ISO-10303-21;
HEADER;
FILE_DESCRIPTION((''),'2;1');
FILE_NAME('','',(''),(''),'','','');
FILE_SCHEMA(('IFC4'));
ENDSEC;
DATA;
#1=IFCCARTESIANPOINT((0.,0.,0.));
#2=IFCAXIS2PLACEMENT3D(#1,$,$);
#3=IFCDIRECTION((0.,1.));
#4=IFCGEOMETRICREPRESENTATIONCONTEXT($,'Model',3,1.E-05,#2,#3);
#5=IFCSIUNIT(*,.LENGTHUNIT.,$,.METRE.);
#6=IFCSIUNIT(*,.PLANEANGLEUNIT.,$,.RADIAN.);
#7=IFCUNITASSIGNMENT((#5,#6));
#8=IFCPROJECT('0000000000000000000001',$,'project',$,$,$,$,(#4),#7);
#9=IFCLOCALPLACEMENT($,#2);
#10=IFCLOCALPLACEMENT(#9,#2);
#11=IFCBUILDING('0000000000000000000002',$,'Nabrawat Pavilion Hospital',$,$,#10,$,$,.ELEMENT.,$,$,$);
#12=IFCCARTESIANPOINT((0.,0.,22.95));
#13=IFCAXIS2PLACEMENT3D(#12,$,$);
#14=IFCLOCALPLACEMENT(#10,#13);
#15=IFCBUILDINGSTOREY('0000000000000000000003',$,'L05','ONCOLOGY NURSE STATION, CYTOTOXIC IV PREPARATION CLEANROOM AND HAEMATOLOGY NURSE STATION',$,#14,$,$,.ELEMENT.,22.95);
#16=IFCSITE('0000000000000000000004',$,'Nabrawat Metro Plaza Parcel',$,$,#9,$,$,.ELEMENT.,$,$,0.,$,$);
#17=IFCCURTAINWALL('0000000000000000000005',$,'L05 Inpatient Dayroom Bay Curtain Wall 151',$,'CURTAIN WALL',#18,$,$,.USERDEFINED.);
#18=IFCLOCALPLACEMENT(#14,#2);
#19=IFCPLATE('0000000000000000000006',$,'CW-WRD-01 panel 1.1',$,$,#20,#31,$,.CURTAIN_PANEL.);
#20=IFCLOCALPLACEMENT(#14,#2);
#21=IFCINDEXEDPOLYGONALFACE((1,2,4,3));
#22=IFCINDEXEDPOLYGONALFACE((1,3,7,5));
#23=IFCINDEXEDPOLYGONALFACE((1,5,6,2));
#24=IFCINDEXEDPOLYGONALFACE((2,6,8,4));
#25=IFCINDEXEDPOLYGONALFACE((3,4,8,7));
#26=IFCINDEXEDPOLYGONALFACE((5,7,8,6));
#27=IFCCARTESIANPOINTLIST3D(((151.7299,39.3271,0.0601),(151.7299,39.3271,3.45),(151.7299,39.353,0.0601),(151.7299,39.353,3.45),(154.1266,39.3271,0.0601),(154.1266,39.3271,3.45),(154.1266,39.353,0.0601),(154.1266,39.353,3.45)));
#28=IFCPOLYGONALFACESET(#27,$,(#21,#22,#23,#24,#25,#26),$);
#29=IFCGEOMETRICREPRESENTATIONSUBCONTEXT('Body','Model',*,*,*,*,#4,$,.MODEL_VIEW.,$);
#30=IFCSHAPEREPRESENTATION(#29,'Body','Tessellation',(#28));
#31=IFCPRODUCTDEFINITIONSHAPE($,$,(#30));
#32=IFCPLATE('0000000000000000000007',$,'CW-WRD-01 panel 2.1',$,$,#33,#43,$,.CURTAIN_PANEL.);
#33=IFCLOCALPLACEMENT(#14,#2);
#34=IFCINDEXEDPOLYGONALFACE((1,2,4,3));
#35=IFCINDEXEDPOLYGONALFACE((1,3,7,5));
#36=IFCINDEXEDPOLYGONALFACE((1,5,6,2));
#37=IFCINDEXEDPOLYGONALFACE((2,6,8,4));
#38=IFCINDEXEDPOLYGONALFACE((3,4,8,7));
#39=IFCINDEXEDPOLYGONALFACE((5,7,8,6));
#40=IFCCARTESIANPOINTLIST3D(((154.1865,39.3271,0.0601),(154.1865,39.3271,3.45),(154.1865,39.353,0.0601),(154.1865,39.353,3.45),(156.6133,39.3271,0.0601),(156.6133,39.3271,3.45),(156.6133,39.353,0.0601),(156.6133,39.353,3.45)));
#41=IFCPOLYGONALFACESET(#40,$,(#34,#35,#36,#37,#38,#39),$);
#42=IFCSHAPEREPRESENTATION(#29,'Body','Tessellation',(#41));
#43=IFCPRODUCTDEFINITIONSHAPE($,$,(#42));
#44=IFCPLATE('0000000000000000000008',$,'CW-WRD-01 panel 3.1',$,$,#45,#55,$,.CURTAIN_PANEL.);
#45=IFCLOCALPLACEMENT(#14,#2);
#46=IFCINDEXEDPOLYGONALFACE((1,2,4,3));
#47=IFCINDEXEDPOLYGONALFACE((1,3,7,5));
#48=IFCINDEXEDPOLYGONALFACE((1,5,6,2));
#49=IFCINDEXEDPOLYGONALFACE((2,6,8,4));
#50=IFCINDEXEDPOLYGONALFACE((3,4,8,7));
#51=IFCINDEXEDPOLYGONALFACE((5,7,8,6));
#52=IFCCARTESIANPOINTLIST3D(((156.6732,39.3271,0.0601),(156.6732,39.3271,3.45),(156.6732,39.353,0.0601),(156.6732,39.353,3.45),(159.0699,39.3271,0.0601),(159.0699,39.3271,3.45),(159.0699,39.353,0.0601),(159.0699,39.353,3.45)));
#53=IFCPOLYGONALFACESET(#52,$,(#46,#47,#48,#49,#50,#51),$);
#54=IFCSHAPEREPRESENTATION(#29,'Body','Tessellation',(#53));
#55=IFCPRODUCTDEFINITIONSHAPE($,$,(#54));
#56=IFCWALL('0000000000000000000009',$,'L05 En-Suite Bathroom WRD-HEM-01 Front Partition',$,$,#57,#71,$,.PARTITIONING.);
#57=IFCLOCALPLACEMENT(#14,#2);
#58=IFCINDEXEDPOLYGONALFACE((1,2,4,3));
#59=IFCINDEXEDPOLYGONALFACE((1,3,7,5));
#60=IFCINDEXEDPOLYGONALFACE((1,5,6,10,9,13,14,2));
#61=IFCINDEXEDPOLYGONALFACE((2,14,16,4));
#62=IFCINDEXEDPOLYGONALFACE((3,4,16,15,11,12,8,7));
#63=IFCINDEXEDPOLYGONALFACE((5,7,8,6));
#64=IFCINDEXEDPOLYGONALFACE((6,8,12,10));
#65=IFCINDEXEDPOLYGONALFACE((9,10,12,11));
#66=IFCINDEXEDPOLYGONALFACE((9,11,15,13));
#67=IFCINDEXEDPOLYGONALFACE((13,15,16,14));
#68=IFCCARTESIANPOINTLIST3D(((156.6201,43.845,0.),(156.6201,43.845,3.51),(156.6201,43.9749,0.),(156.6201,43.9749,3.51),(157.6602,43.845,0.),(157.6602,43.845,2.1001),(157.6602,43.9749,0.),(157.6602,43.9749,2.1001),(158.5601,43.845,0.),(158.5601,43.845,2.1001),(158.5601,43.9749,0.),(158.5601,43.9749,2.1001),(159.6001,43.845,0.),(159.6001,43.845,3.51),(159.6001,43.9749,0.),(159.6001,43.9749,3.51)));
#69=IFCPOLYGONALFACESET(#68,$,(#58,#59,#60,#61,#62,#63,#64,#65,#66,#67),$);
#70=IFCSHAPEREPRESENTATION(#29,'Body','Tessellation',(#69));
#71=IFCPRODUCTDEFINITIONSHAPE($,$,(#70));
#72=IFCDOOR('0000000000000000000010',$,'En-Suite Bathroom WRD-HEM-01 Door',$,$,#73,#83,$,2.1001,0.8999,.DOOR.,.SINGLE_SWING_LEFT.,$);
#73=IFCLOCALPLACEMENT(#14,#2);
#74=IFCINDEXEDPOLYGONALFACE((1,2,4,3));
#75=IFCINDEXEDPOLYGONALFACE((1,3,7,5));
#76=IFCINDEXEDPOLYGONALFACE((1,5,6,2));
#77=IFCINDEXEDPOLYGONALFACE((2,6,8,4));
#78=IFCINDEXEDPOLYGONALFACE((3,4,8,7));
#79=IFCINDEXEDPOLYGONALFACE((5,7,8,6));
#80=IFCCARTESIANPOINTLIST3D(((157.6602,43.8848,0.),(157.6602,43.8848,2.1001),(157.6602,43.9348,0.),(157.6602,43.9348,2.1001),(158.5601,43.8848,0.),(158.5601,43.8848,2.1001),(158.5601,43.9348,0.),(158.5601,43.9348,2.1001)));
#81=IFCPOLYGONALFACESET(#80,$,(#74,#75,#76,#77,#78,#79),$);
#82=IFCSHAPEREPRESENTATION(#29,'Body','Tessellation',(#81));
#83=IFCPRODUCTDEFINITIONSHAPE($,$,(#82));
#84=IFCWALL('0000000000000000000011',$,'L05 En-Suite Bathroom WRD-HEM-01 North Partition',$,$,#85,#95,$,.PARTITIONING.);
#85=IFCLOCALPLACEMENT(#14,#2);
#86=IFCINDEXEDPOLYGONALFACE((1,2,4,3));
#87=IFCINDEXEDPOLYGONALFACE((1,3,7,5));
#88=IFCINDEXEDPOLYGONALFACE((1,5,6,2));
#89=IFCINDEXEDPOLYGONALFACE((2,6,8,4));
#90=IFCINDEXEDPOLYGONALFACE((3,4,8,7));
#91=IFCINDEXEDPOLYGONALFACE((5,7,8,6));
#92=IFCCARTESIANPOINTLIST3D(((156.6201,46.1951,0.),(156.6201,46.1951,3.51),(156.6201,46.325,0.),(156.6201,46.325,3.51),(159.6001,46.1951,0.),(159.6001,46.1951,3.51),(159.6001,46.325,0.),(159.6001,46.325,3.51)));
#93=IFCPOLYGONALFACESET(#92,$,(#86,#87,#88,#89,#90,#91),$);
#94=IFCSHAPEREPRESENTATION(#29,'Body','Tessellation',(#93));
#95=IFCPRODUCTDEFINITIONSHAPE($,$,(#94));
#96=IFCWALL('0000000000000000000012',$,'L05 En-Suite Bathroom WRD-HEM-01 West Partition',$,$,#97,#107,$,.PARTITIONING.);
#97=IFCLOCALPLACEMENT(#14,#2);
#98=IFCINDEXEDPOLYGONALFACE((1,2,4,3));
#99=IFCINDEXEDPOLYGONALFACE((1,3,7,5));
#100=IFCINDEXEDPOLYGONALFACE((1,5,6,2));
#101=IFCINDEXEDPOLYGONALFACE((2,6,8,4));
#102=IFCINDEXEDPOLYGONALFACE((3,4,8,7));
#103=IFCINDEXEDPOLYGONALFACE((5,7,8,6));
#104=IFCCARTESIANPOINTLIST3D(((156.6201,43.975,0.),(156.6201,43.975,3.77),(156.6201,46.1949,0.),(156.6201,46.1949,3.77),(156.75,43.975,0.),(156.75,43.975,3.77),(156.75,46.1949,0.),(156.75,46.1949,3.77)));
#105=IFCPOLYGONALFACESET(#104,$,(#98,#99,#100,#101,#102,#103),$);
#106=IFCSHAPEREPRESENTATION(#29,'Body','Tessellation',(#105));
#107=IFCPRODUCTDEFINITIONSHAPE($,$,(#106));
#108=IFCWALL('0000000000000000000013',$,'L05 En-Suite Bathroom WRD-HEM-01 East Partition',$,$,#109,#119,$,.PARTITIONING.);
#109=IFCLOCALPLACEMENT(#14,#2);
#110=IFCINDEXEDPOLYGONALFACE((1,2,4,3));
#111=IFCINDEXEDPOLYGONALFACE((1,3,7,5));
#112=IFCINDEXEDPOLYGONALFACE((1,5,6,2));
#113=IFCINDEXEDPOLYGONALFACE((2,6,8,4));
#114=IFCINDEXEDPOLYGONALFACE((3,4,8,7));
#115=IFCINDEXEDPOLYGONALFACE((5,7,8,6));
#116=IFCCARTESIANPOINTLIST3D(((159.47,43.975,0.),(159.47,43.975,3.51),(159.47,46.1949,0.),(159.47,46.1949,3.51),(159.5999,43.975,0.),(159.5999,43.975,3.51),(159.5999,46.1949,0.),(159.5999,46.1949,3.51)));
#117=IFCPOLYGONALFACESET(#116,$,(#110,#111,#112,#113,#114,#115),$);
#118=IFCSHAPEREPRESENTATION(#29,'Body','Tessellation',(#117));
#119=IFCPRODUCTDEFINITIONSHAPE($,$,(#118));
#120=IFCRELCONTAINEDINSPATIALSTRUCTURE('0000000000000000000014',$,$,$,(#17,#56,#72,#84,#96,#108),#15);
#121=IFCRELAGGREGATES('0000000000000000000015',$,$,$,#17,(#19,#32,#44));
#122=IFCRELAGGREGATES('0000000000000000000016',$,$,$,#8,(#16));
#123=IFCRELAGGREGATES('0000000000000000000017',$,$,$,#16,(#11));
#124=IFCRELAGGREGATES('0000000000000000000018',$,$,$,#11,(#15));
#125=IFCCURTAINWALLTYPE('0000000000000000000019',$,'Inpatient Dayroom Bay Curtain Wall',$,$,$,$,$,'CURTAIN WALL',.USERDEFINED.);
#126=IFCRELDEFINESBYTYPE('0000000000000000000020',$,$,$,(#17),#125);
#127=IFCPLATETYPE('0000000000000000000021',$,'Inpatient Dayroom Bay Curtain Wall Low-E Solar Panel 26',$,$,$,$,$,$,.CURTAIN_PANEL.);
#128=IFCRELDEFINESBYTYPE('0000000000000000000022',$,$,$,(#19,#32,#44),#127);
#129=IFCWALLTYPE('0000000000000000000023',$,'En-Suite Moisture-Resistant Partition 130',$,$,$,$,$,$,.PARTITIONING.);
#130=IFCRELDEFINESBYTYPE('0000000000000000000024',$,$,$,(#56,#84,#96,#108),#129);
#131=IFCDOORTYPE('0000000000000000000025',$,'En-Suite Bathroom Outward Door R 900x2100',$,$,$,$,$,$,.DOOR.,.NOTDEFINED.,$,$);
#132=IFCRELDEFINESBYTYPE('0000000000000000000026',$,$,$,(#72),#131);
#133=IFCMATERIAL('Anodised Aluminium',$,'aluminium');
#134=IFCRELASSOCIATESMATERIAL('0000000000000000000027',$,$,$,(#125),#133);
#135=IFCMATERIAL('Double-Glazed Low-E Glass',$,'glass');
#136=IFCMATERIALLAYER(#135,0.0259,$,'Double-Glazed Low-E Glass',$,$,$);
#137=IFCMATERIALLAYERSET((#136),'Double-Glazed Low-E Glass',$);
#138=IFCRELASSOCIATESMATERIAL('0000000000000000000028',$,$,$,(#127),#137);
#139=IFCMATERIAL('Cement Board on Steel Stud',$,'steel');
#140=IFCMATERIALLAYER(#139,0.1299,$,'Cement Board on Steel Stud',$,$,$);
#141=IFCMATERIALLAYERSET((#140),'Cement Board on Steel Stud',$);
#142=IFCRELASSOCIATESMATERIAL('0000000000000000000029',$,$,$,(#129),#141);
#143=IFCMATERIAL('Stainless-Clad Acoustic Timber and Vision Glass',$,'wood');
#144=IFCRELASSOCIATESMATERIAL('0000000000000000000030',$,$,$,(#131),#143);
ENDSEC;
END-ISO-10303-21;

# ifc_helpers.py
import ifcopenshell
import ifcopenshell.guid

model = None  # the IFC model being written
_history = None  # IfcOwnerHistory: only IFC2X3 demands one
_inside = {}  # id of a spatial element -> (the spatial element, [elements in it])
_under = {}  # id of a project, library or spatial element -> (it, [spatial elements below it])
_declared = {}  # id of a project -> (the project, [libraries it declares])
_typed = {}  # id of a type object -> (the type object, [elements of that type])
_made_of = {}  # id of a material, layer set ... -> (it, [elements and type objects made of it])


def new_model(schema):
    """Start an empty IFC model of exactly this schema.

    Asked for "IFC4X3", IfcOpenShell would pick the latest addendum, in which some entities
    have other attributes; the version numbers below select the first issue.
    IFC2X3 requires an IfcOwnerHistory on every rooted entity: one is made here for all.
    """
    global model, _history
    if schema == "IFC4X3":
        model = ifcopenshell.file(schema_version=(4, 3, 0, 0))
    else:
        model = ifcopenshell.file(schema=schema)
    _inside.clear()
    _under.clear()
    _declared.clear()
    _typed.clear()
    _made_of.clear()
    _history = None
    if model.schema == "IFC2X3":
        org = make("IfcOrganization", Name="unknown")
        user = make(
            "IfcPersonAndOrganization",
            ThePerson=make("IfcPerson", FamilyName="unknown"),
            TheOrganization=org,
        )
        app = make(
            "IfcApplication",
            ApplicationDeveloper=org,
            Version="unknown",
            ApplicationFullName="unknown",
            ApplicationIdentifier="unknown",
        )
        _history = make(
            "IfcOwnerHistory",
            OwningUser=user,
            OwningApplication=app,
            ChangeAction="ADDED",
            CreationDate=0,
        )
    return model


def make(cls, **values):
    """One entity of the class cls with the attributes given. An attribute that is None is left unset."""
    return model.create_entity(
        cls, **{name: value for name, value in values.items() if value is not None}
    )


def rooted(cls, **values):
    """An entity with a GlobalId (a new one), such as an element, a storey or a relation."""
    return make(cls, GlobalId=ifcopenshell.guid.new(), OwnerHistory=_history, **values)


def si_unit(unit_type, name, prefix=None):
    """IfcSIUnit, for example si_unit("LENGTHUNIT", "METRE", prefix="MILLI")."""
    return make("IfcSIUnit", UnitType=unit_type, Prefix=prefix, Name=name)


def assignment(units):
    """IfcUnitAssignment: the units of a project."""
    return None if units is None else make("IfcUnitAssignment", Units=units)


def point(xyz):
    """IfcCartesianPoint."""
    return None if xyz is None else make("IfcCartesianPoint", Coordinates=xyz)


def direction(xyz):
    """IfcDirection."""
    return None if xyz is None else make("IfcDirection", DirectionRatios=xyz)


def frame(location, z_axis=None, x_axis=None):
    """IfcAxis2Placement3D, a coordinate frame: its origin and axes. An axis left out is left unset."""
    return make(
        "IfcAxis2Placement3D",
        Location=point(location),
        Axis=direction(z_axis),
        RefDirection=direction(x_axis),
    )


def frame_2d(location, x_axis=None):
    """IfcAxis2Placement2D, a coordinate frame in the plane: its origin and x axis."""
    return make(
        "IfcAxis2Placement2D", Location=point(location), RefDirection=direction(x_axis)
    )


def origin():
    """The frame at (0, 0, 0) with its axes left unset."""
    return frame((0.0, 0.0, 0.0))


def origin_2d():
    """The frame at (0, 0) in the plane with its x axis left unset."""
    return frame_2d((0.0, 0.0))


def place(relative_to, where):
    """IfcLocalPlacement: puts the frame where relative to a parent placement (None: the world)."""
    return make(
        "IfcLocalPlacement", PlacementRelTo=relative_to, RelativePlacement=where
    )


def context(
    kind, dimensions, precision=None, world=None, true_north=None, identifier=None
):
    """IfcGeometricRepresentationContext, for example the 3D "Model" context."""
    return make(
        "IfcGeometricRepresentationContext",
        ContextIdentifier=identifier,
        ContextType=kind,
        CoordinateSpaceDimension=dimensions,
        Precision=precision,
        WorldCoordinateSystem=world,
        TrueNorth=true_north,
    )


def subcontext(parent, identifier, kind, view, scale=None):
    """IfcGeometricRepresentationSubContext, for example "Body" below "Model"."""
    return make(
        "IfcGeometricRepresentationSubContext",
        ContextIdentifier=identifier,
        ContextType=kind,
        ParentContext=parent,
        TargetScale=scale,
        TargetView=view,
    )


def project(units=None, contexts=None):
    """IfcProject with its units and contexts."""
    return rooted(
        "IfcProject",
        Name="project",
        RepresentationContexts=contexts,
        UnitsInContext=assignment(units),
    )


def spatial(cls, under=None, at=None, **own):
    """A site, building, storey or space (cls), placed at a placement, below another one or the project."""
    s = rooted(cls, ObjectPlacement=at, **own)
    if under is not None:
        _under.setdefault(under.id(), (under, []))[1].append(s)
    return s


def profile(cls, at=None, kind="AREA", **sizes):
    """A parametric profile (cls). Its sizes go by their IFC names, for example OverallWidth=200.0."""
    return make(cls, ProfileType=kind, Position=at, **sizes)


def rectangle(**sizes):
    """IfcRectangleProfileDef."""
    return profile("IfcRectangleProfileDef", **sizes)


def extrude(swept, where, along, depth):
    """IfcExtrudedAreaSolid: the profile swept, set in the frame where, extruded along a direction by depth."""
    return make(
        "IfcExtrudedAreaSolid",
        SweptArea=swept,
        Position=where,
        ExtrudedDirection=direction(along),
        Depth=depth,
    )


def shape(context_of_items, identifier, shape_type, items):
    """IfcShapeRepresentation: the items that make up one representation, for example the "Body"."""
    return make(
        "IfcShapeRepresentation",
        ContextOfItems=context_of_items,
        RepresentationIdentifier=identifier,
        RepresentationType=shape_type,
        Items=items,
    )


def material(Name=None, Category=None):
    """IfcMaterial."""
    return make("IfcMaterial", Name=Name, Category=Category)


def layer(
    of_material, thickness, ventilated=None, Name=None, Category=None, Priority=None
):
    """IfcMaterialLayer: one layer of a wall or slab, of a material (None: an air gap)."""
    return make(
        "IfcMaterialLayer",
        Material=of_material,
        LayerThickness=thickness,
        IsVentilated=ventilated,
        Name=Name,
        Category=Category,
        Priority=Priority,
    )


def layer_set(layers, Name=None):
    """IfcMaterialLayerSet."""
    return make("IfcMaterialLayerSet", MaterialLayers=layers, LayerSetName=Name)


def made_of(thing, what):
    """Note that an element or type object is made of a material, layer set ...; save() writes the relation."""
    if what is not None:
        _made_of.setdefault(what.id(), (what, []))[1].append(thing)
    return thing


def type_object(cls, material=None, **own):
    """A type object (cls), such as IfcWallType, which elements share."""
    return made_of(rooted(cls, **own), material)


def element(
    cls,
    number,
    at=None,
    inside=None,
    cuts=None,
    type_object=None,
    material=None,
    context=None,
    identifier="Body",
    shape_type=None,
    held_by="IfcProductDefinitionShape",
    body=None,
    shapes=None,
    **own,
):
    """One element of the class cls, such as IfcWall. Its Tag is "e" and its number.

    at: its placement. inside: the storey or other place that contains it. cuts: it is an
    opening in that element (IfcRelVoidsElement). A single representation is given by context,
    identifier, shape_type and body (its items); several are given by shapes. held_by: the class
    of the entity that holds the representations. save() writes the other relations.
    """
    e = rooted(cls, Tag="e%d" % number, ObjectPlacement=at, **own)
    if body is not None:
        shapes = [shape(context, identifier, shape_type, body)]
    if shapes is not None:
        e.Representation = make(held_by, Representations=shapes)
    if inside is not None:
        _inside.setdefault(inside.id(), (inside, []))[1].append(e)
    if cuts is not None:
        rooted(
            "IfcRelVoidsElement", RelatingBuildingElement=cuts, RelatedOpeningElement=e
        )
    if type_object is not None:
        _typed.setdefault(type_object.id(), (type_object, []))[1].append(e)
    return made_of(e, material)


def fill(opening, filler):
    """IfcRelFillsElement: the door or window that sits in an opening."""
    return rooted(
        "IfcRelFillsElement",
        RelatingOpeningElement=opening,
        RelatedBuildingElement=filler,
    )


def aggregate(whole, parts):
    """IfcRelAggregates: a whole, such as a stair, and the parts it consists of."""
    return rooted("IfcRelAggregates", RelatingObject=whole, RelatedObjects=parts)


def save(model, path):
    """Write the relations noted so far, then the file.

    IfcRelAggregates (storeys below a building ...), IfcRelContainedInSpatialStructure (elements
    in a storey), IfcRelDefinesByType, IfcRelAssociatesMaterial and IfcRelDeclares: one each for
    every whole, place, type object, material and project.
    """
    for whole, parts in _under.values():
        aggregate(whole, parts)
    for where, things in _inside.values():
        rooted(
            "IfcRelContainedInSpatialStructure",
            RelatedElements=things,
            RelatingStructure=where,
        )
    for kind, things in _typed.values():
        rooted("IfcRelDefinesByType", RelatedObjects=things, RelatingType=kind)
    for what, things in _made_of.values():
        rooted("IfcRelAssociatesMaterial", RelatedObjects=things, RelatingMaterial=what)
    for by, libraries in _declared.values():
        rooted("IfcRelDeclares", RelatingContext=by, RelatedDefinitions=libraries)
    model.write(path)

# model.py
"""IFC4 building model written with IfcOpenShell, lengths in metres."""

from ifc_helpers import new_model, si_unit, direction, frame, frame_2d, origin, origin_2d, place, context, subcontext, project, spatial, rectangle, extrude, material, layer, layer_set, type_object, element, fill, aggregate, save


model = new_model("IFC4")

# Units and contexts
model_context = context("Model", 3, precision=1e-05, world=origin(), true_north=direction((0.0, 1.0)))
body_context = subcontext(model_context, "Body", "Model", "MODEL_VIEW")
ifc_project = project(units=[si_unit("LENGTHUNIT", "METRE"), si_unit("PLANEANGLEUNIT", "RADIAN")], contexts=[model_context])

# Site, building, storey
site_placement = place(None, origin())
site = spatial("IfcSite", under=ifc_project, at=site_placement, Name="Nabrawat Metro Plaza Parcel", CompositionType="ELEMENT", RefElevation=0.0)
building_placement = place(site_placement, origin())
building = spatial("IfcBuilding", under=site, at=building_placement, Name="Nabrawat Pavilion Hospital", CompositionType="ELEMENT")
storey_placement = place(building_placement, frame((0.0, 0.0, 22.95)))
storey = spatial("IfcBuildingStorey", under=building, at=storey_placement, Name="L05", Description="ONCOLOGY NURSE STATION, CYTOTOXIC IV PREPARATION CLEANROOM AND HAEMATOLOGY NURSE STATION", CompositionType="ELEMENT", Elevation=22.95)

# Curtain wall
ifc_material_1 = material(Name="Anodised Aluminium", Category="aluminium")
curtain_wall_type = type_object("IfcCurtainWallType", Name="Inpatient Dayroom Bay Curtain Wall", ElementType="CURTAIN WALL", PredefinedType="USERDEFINED", material=ifc_material_1)
curtain_wall_placement = place(storey_placement, origin())
curtain_wall = element("IfcCurtainWall", 1, at=curtain_wall_placement, inside=storey, type_object=curtain_wall_type, Name="L05 Inpatient Dayroom Bay Curtain Wall 151", ObjectType="CURTAIN WALL", PredefinedType="USERDEFINED")

# Plates
ifc_material_2 = material(Name="Double-Glazed Low-E Glass", Category="glass")
ifc_layer_1 = layer(ifc_material_2, 0.0259, Name="Double-Glazed Low-E Glass")
ifc_layer_set_1 = layer_set([ifc_layer_1], Name="Double-Glazed Low-E Glass")
plate_type = type_object("IfcPlateType", Name="Inpatient Dayroom Bay Curtain Wall Low-E Solar Panel 26", PredefinedType="CURTAIN_PANEL", material=ifc_layer_set_1)
plate_1_placement = place(storey_placement, frame((152.9282, 39.3401, 0.0601), z_axis=(0.0, 0.0, 1.0), x_axis=(1.0, 0.0, 0.0)))
plate_1 = element("IfcPlate", 2, at=plate_1_placement, type_object=plate_type, Name="CW-WRD-01 panel 1.1", PredefinedType="CURTAIN_PANEL", context=body_context, shape_type="SweptSolid", body=[
    extrude(rectangle(XDim=2.3967, YDim=0.0259, at=origin_2d()), origin(), (0.0, 0.0, 1.0), 3.3899),
])
plate_2_placement = place(storey_placement, frame((155.3999, 39.3401, 0.0601), z_axis=(0.0, 0.0, 1.0), x_axis=(1.0, 0.0, 0.0)))
plate_2 = element("IfcPlate", 3, at=plate_2_placement, type_object=plate_type, Name="CW-WRD-01 panel 2.1", PredefinedType="CURTAIN_PANEL", context=body_context, shape_type="SweptSolid", body=[
    extrude(rectangle(XDim=2.4268, YDim=0.0259, at=origin_2d()), origin(), (0.0, 0.0, 1.0), 3.3899),
])
plate_3_placement = place(storey_placement, frame((157.8716, 39.3401, 0.0601), z_axis=(0.0, 0.0, 1.0), x_axis=(1.0, 0.0, 0.0)))
plate_3 = element("IfcPlate", 4, at=plate_3_placement, type_object=plate_type, Name="CW-WRD-01 panel 3.1", PredefinedType="CURTAIN_PANEL", context=body_context, shape_type="SweptSolid", body=[
    extrude(rectangle(XDim=2.3967, YDim=0.0259, at=origin_2d()), origin(), (0.0, 0.0, 1.0), 3.3899),
])
aggregate(curtain_wall, [plate_1, plate_2, plate_3])

# Wall, opening, door
ifc_material_3 = material(Name="Cement Board on Steel Stud", Category="steel")
ifc_layer_2 = layer(ifc_material_3, 0.1299, Name="Cement Board on Steel Stud")
ifc_layer_set_2 = layer_set([ifc_layer_2], Name="Cement Board on Steel Stud")
wall_type = type_object("IfcWallType", Name="En-Suite Moisture-Resistant Partition 130", PredefinedType="PARTITIONING", material=ifc_layer_set_2)
wall_1_placement = place(storey_placement, frame((156.6201, 43.9099, 0.0), z_axis=(0.0, 0.0, 1.0), x_axis=(1.0, 0.0, 0.0)))
wall_1 = element("IfcWall", 5, at=wall_1_placement, inside=storey, type_object=wall_type, Name="L05 En-Suite Bathroom WRD-HEM-01 Front Partition", PredefinedType="PARTITIONING", context=body_context, shape_type="SweptSolid", body=[
    extrude(rectangle(XDim=2.98, YDim=0.1299, at=frame_2d((1.49, 0.0))), origin(), (0.0, 0.0, 1.0), 3.51),
])
opening_placement = place(wall_1_placement, frame((1.04, 0.0, 0.0)))
opening = element("IfcOpeningElement", 6, at=opening_placement, cuts=wall_1, PredefinedType="OPENING", context=body_context, shape_type="SweptSolid", body=[
    extrude(rectangle(XDim=0.8999, YDim=2.1001, at=frame_2d((0.45, 1.05))), frame((0.0, 0.075, 0.0), z_axis=(0.0, -1.0, 0.0), x_axis=(1.0, 0.0, 0.0)), (0.0, 0.0, 1.0), 0.1499),
])
ifc_material_4 = material(Name="Stainless-Clad Acoustic Timber and Vision Glass", Category="wood")
door_type = type_object("IfcDoorType", Name="En-Suite Bathroom Outward Door R 900x2100", OperationType="NOTDEFINED", PredefinedType="DOOR", material=ifc_material_4)
door_placement = place(opening_placement, origin())
door = element("IfcDoor", 7, at=door_placement, inside=storey, type_object=door_type, Name="En-Suite Bathroom WRD-HEM-01 Door", OperationType="SINGLE_SWING_LEFT", OverallHeight=2.1001, OverallWidth=0.8999, PredefinedType="DOOR", context=body_context, shape_type="SweptSolid", body=[
    extrude(rectangle(XDim=0.8999, YDim=2.1001, at=frame_2d((0.45, 1.05))), frame((0.0, 0.0249, 0.0), z_axis=(0.0, -1.0, 0.0), x_axis=(1.0, 0.0, 0.0)), (0.0, 0.0, 1.0), 0.05),
])
fill(opening, door)

# Walls
wall_2_placement = place(storey_placement, frame((156.6201, 46.26, 0.0), z_axis=(0.0, 0.0, 1.0), x_axis=(1.0, 0.0, 0.0)))
element("IfcWall", 8, at=wall_2_placement, inside=storey, type_object=wall_type, Name="L05 En-Suite Bathroom WRD-HEM-01 North Partition", PredefinedType="PARTITIONING", context=body_context, shape_type="SweptSolid", body=[
    extrude(rectangle(XDim=2.98, YDim=0.1299, at=frame_2d((1.49, 0.0))), origin(), (0.0, 0.0, 1.0), 3.51),
])
wall_3_placement = place(storey_placement, frame((156.6851, 43.9751, 0.0), z_axis=(0.0, 0.0, 1.0), x_axis=(0.0, 1.0, 0.0)))
element("IfcWall", 9, at=wall_3_placement, inside=storey, type_object=wall_type, Name="L05 En-Suite Bathroom WRD-HEM-01 West Partition", PredefinedType="PARTITIONING", context=body_context, shape_type="SweptSolid", body=[
    extrude(rectangle(XDim=2.22, YDim=0.1299, at=frame_2d((1.1099, 0.0))), origin(), (0.0, 0.0, 1.0), 3.77),
])
wall_4_placement = place(storey_placement, frame((159.5349, 43.9751, 0.0), z_axis=(0.0, 0.0, 1.0), x_axis=(0.0, 1.0, 0.0)))
element("IfcWall", 10, at=wall_4_placement, inside=storey, type_object=wall_type, Name="L05 En-Suite Bathroom WRD-HEM-01 East Partition", PredefinedType="PARTITIONING", context=body_context, shape_type="SweptSolid", body=[
    extrude(rectangle(XDim=2.22, YDim=0.1299, at=frame_2d((1.1099, 0.0))), origin(), (0.0, 0.0, 1.0), 3.51),
])

save(model, "model.ifc")
